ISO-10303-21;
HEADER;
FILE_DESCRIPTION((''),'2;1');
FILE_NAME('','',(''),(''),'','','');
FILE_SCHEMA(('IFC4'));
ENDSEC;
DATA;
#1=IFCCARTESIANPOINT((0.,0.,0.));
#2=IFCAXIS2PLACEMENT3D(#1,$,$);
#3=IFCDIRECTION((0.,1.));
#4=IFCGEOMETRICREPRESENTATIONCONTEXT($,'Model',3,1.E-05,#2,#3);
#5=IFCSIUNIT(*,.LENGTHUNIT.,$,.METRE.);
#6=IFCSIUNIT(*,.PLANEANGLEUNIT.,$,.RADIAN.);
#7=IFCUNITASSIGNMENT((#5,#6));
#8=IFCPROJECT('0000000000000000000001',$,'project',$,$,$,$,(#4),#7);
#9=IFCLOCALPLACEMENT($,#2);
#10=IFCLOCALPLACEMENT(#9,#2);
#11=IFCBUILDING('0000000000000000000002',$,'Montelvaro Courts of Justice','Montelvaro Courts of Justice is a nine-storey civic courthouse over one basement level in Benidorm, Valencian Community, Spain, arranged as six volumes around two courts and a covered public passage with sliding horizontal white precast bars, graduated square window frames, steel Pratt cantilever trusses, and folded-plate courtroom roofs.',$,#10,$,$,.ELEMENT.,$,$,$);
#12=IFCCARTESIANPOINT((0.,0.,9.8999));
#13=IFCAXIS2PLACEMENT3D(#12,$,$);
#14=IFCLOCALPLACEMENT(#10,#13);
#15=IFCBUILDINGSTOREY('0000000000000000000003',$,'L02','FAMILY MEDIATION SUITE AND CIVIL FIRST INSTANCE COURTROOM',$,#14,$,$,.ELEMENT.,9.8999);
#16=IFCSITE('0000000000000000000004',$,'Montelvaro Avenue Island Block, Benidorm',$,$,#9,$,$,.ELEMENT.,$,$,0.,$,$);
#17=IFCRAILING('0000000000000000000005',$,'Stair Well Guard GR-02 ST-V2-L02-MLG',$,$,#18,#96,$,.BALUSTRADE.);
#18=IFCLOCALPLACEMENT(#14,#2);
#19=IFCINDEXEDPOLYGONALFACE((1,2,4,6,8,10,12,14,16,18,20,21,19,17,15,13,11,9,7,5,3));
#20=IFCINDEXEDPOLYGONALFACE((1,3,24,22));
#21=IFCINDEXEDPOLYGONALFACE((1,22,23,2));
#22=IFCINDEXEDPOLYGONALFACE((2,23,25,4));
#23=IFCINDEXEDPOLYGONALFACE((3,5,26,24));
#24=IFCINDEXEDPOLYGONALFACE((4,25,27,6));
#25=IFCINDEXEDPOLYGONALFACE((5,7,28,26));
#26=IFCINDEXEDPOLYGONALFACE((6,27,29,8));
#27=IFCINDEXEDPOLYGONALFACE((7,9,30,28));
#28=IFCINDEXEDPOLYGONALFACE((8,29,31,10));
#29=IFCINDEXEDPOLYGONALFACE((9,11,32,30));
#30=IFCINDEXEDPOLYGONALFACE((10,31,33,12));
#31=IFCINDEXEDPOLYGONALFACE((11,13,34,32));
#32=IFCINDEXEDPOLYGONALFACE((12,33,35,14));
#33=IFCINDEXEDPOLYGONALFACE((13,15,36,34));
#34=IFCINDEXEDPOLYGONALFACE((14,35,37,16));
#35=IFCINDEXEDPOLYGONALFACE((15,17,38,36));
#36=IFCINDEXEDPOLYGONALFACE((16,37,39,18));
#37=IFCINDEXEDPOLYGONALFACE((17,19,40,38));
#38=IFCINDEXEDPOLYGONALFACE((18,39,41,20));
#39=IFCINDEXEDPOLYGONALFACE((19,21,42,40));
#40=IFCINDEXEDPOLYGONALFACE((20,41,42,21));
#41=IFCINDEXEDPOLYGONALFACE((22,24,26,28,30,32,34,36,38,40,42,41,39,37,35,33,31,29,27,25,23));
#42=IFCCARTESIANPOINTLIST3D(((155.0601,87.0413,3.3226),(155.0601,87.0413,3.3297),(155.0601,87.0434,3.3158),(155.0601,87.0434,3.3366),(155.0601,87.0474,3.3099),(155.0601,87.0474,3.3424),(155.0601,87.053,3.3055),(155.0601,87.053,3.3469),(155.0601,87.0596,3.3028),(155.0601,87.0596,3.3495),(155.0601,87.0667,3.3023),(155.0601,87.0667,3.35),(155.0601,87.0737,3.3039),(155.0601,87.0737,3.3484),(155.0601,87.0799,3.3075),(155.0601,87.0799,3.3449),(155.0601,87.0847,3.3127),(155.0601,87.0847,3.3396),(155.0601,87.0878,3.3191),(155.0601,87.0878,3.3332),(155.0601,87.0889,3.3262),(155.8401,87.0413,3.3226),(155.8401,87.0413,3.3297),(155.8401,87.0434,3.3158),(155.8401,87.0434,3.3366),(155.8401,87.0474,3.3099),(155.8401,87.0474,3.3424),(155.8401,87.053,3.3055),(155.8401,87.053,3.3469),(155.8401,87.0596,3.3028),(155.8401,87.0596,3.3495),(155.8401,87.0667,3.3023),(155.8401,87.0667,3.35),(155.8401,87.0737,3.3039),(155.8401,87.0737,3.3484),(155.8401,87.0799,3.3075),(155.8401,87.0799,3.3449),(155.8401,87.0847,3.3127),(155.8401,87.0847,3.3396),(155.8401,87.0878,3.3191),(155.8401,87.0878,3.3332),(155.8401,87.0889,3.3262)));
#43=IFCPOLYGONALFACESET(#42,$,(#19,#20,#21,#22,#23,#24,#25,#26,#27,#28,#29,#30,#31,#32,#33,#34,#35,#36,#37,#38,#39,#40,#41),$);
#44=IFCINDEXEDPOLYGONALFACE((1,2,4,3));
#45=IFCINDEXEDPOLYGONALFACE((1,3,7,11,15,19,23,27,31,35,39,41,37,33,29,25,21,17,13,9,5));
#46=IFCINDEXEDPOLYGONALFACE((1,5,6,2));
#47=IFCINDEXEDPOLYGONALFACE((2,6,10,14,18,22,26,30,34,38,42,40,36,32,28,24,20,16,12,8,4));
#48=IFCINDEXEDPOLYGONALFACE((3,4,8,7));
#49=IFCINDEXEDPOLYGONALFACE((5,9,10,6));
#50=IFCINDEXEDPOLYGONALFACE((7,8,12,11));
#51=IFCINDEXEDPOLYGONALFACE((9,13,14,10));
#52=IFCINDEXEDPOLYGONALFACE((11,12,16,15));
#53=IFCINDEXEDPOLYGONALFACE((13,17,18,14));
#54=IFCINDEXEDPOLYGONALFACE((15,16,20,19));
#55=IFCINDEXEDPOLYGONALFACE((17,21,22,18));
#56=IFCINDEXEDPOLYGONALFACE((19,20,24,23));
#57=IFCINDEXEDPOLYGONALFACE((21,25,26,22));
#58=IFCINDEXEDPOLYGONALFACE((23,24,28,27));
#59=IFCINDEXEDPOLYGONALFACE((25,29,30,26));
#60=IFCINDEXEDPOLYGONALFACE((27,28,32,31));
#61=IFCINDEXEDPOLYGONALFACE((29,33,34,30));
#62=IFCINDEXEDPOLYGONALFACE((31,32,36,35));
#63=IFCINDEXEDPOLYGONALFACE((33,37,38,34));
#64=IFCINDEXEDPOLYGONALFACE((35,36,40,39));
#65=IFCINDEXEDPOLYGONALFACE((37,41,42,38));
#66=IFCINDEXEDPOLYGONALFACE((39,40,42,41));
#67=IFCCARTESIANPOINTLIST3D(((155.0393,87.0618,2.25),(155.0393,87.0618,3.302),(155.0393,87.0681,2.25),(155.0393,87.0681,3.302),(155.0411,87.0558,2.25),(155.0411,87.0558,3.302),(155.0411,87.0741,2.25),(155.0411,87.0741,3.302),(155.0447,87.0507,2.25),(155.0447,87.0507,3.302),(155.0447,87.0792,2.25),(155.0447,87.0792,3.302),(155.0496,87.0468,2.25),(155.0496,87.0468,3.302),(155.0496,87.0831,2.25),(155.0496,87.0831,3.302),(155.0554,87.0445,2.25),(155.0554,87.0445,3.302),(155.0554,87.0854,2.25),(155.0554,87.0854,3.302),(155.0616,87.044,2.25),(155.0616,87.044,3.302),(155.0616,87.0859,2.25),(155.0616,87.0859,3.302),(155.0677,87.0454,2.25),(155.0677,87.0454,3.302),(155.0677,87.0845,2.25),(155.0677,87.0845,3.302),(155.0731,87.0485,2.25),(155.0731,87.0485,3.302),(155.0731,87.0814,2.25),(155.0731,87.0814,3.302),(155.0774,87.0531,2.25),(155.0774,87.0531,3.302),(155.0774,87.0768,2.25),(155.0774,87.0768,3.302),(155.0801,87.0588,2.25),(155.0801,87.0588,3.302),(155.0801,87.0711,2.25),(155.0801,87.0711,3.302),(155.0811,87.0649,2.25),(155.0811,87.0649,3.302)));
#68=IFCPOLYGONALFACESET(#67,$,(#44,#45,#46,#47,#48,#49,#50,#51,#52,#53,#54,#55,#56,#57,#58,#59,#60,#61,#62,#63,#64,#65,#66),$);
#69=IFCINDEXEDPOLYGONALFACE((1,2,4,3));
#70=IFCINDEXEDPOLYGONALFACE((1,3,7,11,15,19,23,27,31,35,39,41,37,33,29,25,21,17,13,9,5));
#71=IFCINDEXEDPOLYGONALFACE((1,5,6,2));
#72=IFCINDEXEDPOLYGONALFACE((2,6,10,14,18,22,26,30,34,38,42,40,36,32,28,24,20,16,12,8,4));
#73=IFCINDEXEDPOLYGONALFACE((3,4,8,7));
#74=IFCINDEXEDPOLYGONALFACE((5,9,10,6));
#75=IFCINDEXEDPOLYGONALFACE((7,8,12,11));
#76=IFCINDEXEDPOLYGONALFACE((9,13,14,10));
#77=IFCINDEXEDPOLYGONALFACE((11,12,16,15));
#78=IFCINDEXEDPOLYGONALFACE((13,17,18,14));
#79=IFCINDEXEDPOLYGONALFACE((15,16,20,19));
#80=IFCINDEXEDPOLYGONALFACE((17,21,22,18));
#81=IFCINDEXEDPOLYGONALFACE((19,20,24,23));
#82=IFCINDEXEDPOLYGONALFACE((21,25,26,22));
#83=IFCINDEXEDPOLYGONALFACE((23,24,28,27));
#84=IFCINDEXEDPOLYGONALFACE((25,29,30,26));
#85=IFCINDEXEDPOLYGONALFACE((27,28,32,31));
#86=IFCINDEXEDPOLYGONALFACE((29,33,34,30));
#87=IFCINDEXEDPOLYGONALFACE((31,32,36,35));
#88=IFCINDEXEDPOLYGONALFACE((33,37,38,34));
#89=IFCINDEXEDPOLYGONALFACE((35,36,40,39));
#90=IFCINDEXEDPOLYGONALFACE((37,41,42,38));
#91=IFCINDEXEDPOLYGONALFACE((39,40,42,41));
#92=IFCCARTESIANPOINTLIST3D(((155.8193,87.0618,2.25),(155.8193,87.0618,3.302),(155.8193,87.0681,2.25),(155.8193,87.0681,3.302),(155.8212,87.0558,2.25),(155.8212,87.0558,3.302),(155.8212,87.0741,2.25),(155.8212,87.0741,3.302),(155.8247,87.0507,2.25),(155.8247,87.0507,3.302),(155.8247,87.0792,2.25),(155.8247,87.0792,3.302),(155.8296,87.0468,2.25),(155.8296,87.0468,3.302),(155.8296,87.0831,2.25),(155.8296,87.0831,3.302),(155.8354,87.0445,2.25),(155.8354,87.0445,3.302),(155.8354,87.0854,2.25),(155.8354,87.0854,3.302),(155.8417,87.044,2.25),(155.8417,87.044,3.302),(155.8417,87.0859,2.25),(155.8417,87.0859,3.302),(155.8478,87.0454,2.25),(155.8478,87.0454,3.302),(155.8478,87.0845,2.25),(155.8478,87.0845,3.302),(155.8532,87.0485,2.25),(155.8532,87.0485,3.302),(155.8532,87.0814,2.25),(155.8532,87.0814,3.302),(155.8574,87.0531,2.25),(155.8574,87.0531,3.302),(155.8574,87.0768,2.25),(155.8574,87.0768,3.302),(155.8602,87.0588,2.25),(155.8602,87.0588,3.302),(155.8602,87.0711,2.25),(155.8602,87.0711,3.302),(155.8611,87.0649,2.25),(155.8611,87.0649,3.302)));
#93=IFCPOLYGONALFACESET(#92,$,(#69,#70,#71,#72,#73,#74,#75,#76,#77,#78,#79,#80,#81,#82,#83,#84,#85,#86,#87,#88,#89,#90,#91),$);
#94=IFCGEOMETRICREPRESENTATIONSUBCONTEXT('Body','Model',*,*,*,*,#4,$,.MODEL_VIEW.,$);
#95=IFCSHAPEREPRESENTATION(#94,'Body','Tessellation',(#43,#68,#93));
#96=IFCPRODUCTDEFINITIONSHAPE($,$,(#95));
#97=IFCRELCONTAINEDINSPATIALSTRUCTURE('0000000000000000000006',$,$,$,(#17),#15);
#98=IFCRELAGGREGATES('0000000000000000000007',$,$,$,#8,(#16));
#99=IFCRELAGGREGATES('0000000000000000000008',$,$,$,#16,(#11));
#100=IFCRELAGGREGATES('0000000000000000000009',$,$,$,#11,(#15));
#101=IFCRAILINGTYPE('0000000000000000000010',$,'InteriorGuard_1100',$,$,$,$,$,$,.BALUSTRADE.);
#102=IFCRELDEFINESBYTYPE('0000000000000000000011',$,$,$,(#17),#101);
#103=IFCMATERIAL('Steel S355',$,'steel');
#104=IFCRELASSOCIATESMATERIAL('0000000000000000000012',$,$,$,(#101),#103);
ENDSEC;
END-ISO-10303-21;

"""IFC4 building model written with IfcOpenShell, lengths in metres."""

from ifc_helpers import new_model, si_unit, direction, frame, origin, origin_2d, place, context, subcontext, project, spatial, circle, extrude, material, type_object, element, save


model = new_model("IFC4")

# Units and contexts
model_context = context("Model", 3, precision=1e-05, world=origin(), true_north=direction((0.0, 1.0)))
body_context = subcontext(model_context, "Body", "Model", "MODEL_VIEW")
ifc_project = project(units=[si_unit("LENGTHUNIT", "METRE"), si_unit("PLANEANGLEUNIT", "RADIAN")], contexts=[model_context])

# Site, building, storey
site_placement = place(None, origin())
site = spatial("IfcSite", under=ifc_project, at=site_placement, Name="Montelvaro Avenue Island Block, Benidorm", CompositionType="ELEMENT", RefElevation=0.0)
building_placement = place(site_placement, origin())
building = spatial("IfcBuilding", under=site, at=building_placement, Name="Montelvaro Courts of Justice", Description="Montelvaro Courts of Justice is a nine-storey civic courthouse over one basement level in Benidorm, Valencian Community, Spain, arranged as six volumes around two courts and a covered public passage with sliding horizontal white precast bars, graduated square window frames, steel Pratt cantilever trusses, and folded-plate courtroom roofs.", CompositionType="ELEMENT")
storey_placement = place(building_placement, frame((0.0, 0.0, 9.8999)))
storey = spatial("IfcBuildingStorey", under=building, at=storey_placement, Name="L02", Description="FAMILY MEDIATION SUITE AND CIVIL FIRST INSTANCE COURTROOM", CompositionType="ELEMENT", Elevation=9.8999)

# Shared definitions
ifc_material_1 = material(Name="Steel S355", Category="steel")

# Railing
railing_type_1 = type_object("IfcRailingType", Name="InteriorGuard_1100", PredefinedType="BALUSTRADE", material=ifc_material_1)
railing_1_placement = place(storey_placement, frame((155.0601, 87.0649, 2.25)))
element("IfcRailing", 1, at=railing_1_placement, inside=storey, type_object=railing_type_1, Name="Stair Well Guard GR-02 ST-V2-L02-MLG", PredefinedType="BALUSTRADE", context=body_context, shape_type="SweptSolid", body=[
    extrude(circle(Radius=0.0239, at=origin_2d()), frame((0.0, 0.0, 1.0762), z_axis=(1.0, 0.0, 0.0), x_axis=(0.0, 1.0, 0.0)), (0.0, 0.0, 1.0), 0.78),
    extrude(circle(Radius=0.021, at=origin_2d()), origin(), (0.0, 0.0, 1.0), 1.052),
    extrude(circle(Radius=0.021, at=origin_2d()), frame((0.78, 0.0, 0.0)), (0.0, 0.0, 1.0), 1.052),
])

save(model, "model.ifc")
